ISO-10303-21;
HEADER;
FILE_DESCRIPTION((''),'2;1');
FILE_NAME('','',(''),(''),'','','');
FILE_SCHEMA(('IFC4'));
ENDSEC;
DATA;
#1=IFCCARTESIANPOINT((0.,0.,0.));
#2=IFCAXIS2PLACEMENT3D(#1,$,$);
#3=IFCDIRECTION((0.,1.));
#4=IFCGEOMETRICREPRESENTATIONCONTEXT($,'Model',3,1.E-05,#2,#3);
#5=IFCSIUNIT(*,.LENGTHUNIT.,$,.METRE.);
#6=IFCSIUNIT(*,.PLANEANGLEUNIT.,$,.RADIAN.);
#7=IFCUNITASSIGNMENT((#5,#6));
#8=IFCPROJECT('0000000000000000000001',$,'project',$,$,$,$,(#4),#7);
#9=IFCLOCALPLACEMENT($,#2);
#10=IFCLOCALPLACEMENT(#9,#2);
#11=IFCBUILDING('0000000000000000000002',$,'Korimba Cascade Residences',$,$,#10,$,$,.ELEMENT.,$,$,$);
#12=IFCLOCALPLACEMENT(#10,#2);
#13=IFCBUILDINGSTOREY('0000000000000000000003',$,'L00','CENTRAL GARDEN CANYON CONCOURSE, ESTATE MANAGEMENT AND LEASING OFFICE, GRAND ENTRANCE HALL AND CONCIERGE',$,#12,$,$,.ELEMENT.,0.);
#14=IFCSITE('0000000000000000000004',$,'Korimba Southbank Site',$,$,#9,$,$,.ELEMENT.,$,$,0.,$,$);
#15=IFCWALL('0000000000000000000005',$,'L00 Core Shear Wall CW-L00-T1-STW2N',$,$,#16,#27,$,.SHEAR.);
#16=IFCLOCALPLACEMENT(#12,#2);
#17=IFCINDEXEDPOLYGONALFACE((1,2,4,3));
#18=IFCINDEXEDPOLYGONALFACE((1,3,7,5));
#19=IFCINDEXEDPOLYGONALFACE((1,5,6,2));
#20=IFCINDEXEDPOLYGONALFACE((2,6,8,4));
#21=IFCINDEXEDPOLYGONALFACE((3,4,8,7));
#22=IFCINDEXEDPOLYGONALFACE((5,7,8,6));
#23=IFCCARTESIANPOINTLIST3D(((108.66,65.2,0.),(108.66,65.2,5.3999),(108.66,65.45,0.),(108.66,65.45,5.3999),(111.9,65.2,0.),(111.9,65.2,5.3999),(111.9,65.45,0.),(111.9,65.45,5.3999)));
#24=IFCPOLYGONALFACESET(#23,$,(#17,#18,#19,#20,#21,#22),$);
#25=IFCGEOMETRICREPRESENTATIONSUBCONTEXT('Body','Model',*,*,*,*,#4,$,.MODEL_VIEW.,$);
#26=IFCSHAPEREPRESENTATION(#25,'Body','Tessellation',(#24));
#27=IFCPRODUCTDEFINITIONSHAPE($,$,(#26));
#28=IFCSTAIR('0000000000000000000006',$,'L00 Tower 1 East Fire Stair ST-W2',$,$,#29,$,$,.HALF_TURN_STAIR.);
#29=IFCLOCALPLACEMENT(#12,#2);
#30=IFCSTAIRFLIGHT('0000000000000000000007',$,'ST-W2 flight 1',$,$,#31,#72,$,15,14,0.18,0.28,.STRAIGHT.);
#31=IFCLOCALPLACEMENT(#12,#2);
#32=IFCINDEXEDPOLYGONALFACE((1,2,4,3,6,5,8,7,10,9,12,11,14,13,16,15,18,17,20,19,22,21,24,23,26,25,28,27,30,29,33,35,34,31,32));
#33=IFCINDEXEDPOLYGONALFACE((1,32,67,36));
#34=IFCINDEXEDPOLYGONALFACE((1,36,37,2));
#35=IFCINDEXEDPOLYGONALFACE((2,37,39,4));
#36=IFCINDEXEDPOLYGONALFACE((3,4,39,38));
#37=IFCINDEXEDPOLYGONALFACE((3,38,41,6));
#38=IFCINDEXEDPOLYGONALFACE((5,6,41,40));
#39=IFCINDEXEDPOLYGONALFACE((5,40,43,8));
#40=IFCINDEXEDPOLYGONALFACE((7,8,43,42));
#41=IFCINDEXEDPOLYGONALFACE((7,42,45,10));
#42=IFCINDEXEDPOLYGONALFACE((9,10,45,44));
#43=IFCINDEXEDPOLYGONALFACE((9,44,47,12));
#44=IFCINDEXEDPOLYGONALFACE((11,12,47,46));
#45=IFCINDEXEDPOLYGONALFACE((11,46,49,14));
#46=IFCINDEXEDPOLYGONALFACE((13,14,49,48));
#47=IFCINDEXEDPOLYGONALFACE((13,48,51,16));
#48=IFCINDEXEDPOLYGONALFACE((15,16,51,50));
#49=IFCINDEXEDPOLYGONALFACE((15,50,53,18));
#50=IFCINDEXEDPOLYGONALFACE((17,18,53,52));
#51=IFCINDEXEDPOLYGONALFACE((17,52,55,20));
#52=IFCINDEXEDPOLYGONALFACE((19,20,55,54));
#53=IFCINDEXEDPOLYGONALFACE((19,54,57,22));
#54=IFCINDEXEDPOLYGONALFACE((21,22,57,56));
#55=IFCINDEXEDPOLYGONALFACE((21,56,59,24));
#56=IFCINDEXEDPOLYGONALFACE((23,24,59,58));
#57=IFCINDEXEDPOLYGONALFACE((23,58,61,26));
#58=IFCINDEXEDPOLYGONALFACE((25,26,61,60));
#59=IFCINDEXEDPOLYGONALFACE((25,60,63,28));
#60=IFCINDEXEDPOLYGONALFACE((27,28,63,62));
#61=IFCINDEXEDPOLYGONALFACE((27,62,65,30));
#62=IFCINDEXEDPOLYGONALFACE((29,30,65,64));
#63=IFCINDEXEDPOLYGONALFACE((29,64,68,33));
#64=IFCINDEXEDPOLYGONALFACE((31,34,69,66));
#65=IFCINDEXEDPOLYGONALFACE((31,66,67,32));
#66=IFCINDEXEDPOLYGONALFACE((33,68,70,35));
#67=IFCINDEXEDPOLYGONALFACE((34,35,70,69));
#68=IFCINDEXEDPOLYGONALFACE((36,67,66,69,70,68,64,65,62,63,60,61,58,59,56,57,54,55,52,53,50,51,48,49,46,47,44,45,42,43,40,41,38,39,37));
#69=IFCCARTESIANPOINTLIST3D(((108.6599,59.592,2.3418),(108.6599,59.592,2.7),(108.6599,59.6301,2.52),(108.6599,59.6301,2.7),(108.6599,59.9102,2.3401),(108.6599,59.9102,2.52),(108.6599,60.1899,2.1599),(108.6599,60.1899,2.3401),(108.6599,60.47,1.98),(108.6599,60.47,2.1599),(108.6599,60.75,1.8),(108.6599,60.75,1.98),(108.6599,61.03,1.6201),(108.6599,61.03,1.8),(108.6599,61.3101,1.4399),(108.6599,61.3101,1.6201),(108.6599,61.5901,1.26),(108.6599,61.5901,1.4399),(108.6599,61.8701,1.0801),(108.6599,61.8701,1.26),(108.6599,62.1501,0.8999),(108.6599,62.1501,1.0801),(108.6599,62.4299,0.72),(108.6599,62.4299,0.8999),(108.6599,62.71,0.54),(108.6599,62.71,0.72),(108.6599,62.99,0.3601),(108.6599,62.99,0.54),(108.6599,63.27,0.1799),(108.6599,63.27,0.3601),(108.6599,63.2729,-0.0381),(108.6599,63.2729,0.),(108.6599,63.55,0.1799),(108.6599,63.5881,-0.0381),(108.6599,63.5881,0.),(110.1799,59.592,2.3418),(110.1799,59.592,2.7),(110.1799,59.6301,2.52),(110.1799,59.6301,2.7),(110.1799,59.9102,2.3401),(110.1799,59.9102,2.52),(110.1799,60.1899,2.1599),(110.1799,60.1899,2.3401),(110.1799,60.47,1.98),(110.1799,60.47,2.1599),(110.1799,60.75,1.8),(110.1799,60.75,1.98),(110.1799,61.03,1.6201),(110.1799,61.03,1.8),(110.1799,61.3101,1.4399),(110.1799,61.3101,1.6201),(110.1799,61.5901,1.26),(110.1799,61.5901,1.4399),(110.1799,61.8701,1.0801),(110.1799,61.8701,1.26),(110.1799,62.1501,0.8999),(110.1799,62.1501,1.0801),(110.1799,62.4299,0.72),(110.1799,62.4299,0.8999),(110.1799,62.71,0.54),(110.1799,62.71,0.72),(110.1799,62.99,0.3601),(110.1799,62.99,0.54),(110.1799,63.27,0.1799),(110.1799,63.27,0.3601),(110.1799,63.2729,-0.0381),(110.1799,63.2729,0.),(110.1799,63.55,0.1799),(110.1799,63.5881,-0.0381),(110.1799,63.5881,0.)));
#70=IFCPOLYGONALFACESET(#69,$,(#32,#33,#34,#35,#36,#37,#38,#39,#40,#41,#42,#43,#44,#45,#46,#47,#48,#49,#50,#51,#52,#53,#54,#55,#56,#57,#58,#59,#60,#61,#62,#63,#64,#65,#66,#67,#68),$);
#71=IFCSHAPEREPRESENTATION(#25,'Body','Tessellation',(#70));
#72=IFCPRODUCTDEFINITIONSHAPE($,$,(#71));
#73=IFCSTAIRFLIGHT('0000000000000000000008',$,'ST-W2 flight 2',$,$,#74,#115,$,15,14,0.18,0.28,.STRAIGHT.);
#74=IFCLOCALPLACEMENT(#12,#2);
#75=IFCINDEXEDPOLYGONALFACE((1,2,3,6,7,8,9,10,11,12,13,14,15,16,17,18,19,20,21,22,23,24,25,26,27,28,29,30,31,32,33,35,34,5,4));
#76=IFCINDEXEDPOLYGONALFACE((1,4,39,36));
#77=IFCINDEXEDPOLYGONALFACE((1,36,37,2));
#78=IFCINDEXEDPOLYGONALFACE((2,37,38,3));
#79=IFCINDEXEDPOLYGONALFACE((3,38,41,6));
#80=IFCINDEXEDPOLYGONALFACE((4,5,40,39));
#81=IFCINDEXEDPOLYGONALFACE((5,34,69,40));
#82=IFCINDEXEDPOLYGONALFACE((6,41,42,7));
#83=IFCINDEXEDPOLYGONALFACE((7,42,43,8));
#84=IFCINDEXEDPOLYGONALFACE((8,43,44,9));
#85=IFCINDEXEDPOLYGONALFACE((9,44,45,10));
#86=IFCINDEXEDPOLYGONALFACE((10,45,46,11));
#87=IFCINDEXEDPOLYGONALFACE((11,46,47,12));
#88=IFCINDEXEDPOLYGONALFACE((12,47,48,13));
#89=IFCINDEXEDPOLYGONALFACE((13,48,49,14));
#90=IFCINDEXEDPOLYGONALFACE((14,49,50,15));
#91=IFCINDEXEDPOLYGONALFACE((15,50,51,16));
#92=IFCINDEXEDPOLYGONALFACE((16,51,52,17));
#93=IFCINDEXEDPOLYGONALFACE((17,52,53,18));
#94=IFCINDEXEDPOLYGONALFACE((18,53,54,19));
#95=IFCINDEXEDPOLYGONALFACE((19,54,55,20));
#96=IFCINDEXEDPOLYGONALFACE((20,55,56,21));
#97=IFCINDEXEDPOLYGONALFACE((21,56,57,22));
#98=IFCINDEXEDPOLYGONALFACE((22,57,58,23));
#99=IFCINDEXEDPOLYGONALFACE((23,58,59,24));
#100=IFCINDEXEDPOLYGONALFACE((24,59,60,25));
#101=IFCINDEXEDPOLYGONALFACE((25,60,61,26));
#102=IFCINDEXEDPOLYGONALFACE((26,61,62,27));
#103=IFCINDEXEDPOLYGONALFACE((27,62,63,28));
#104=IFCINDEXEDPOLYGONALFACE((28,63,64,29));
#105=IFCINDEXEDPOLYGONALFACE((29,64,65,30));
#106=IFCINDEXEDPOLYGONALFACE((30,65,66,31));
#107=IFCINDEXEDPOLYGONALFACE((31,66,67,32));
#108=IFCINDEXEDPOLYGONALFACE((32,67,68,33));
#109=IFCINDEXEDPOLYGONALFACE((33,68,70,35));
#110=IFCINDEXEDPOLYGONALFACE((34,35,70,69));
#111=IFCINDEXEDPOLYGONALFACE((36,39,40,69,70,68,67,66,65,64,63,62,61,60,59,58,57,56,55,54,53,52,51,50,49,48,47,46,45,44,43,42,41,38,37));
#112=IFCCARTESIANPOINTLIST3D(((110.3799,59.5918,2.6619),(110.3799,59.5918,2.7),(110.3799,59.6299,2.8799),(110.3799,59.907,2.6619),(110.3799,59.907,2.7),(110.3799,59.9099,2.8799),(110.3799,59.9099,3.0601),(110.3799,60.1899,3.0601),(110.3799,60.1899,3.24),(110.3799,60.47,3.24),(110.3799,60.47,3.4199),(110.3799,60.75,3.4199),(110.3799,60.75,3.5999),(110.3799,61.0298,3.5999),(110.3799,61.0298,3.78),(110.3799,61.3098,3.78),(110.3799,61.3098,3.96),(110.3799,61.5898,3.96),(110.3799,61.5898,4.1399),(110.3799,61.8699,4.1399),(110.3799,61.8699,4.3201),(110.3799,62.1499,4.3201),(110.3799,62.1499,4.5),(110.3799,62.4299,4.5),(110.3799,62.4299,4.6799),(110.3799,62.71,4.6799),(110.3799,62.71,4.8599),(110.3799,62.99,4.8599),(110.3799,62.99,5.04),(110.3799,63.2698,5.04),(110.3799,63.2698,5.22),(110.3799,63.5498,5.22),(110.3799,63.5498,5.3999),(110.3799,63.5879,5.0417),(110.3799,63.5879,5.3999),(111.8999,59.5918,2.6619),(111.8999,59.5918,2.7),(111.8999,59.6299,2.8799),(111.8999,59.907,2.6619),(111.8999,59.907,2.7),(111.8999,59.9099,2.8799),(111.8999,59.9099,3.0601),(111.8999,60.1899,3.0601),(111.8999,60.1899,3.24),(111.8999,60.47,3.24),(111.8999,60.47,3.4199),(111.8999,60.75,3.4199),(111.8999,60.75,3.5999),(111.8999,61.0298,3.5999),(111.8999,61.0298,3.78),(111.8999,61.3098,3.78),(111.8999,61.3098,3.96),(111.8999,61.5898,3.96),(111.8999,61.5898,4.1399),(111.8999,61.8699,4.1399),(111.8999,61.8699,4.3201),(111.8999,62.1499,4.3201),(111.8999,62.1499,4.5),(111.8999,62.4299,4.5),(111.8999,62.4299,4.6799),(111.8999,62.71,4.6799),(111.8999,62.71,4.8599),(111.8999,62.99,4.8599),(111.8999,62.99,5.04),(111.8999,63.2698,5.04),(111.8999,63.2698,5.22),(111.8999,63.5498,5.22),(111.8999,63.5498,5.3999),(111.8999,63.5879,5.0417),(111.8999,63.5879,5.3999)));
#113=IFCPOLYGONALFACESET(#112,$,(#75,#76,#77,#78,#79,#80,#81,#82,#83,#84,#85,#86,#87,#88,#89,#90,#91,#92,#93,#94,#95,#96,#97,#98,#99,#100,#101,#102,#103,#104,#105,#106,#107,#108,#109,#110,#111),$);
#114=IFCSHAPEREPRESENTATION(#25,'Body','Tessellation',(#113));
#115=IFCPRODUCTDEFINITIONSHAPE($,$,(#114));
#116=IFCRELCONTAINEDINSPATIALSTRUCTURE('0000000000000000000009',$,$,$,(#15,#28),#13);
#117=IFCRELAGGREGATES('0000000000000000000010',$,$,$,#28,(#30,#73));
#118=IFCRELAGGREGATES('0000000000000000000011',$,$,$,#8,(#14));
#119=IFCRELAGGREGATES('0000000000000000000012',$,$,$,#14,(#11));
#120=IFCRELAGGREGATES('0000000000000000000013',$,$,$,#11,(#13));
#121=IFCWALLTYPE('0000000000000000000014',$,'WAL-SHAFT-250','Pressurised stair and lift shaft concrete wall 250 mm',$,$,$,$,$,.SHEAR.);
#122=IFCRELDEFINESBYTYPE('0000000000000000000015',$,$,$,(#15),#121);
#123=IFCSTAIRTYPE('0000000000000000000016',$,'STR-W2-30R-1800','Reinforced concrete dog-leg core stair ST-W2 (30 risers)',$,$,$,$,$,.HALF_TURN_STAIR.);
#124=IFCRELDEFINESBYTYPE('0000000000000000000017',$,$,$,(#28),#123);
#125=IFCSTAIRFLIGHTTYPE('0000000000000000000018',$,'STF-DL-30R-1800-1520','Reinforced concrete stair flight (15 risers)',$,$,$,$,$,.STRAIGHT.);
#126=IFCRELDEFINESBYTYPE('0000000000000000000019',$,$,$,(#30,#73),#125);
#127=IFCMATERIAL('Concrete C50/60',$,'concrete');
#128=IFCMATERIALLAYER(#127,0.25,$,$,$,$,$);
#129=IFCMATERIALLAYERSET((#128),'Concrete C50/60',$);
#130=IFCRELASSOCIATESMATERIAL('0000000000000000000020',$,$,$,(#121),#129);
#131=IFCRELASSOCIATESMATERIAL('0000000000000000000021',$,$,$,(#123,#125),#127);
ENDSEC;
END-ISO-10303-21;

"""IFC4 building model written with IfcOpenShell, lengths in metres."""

from ifc_helpers import new_model, si_unit, direction, frame, frame_2d, origin, place, context, subcontext, project, spatial, polyline, rectangle, outline, extrude, material, layer, layer_set, type_object, element, aggregate, save


model = new_model("IFC4")

# Units and contexts
model_context = context("Model", 3, precision=1e-05, world=origin(), true_north=direction((0.0, 1.0)))
body_context = subcontext(model_context, "Body", "Model", "MODEL_VIEW")
ifc_project = project(units=[si_unit("LENGTHUNIT", "METRE"), si_unit("PLANEANGLEUNIT", "RADIAN")], contexts=[model_context])

# Site, building, storey
site_placement = place(None, origin())
site = spatial("IfcSite", under=ifc_project, at=site_placement, Name="Korimba Southbank Site", CompositionType="ELEMENT", RefElevation=0.0)
building_placement = place(site_placement, origin())
building = spatial("IfcBuilding", under=site, at=building_placement, Name="Korimba Cascade Residences", CompositionType="ELEMENT")
storey_placement = place(building_placement, origin())
storey = spatial("IfcBuildingStorey", under=building, at=storey_placement, Name="L00", Description="CENTRAL GARDEN CANYON CONCOURSE, ESTATE MANAGEMENT AND LEASING OFFICE, GRAND ENTRANCE HALL AND CONCIERGE", CompositionType="ELEMENT", Elevation=0.0)

# Shared definitions
ifc_material_1 = material(Name="Concrete C50/60", Category="concrete")
ifc_layer_1 = layer(ifc_material_1, 0.25)
ifc_layer_set_1 = layer_set([ifc_layer_1], Name="Concrete C50/60")
wall_type_1 = type_object("IfcWallType", Name="WAL-SHAFT-250", Description="Pressurised stair and lift shaft concrete wall 250 mm", PredefinedType="SHEAR", material=ifc_layer_set_1)

# Wall
for number, where, z_axis, x_axis, name in (
    (1, (108.6599, 65.325, 0.0), (0.0, 0.0, 1.0), (1.0, 0.0, 0.0), "L00 Core Shear Wall CW-L00-T1-STW2N"),
):
    element("IfcWall", number, at=place(storey_placement, frame(where, z_axis=z_axis, x_axis=x_axis)), inside=storey, type_object=wall_type_1, Name=name, PredefinedType="SHEAR", context=body_context, shape_type="SweptSolid", body=[
        extrude(rectangle(XDim=3.24, YDim=0.25, at=frame_2d((1.6201, 0.0))), origin(), (0.0, 0.0, 1.0), 5.3999),
    ])

# Stair, stair flights
stair_type = type_object("IfcStairType", Name="STR-W2-30R-1800", Description="Reinforced concrete dog-leg core stair ST-W2 (30 risers)", PredefinedType="HALF_TURN_STAIR", material=ifc_material_1)
stair_placement = place(storey_placement, origin())
stair = element("IfcStair", 2, at=stair_placement, inside=storey, type_object=stair_type, Name="L00 Tower 1 East Fire Stair ST-W2", PredefinedType="HALF_TURN_STAIR")
stair_flight_type = type_object("IfcStairFlightType", Name="STF-DL-30R-1800-1520", Description="Reinforced concrete stair flight (15 risers)", PredefinedType="STRAIGHT", material=ifc_material_1)
stair_flight_1_placement = place(storey_placement, frame((109.4199, 63.55, 0.0), z_axis=(0.0, 0.0, 1.0), x_axis=(0.0, -1.0, 0.0)))
stair_flight_1 = element("IfcStairFlight", 3, at=stair_flight_1_placement, type_object=stair_flight_type, Name="ST-W2 flight 1", NumberOfRisers=15, NumberOfTreads=14, PredefinedType="STRAIGHT", RiserHeight=0.18, TreadLength=0.28, context=body_context, shape_type="SweptSolid", body=[
    extrude(outline(polyline([(-0.0381, 0.0), (0.0, 0.1799), (0.28, 0.1799), (0.28, 0.3601), (0.5601, 0.3601), (0.5601, 0.54), (0.8401, 0.54), (0.8401, 0.72), (1.1201, 0.72), (1.1201, 0.8999), (1.3999, 0.8999), (1.3999, 1.0801), (1.6799, 1.0801), (1.6799, 1.26), (1.96, 1.26), (1.96, 1.4399), (2.24, 1.4399), (2.24, 1.6201), (2.52, 1.6201), (2.52, 1.8), (2.8, 1.8), (2.8, 1.98), (3.0801, 1.98), (3.0801, 2.1599), (3.3601, 2.1599), (3.3601, 2.3401), (3.6399, 2.3401), (3.6399, 2.52), (3.9199, 2.52), (3.9199, 2.7), (3.958, 2.7), (3.958, 2.3418), (0.2771, 0.0), (0.2771, -0.0381), (-0.0381, -0.0381), (-0.0381, 0.0)])), frame((0.0, 0.76, 0.0), z_axis=(0.0, -1.0, 0.0), x_axis=(1.0, 0.0, 0.0)), (0.0, 0.0, 1.0), 1.52),
])
stair_flight_2_placement = place(storey_placement, frame((111.1399, 59.6299, 2.7), z_axis=(0.0, 0.0, 1.0), x_axis=(0.0, 1.0, 0.0)))
stair_flight_2 = element("IfcStairFlight", 4, at=stair_flight_2_placement, type_object=stair_flight_type, Name="ST-W2 flight 2", NumberOfRisers=15, NumberOfTreads=14, PredefinedType="STRAIGHT", RiserHeight=0.18, TreadLength=0.28, context=body_context, shape_type="SweptSolid", body=[
    extrude(outline(polyline([(-0.0381, 0.0), (0.0, 0.1799), (0.28, 0.1799), (0.28, 0.3601), (0.5601, 0.3601), (0.5601, 0.54), (0.8401, 0.54), (0.8401, 0.72), (1.1201, 0.72), (1.1201, 0.8999), (1.3999, 0.8999), (1.3999, 1.0801), (1.6799, 1.0801), (1.6799, 1.26), (1.96, 1.26), (1.96, 1.4399), (2.24, 1.4399), (2.24, 1.6201), (2.52, 1.6201), (2.52, 1.8), (2.8, 1.8), (2.8, 1.98), (3.0801, 1.98), (3.0801, 2.1599), (3.3601, 2.1599), (3.3601, 2.3401), (3.6399, 2.3401), (3.6399, 2.52), (3.9199, 2.52), (3.9199, 2.7), (3.958, 2.7), (3.958, 2.3418), (0.2771, 0.0), (0.2771, -0.0381), (-0.0381, -0.0381), (-0.0381, 0.0)])), frame((0.0, 0.76, 0.0), z_axis=(0.0, -1.0, 0.0), x_axis=(1.0, 0.0, 0.0)), (0.0, 0.0, 1.0), 1.52),
])
aggregate(stair, [stair_flight_1, stair_flight_2])

save(model, "model.ifc")
